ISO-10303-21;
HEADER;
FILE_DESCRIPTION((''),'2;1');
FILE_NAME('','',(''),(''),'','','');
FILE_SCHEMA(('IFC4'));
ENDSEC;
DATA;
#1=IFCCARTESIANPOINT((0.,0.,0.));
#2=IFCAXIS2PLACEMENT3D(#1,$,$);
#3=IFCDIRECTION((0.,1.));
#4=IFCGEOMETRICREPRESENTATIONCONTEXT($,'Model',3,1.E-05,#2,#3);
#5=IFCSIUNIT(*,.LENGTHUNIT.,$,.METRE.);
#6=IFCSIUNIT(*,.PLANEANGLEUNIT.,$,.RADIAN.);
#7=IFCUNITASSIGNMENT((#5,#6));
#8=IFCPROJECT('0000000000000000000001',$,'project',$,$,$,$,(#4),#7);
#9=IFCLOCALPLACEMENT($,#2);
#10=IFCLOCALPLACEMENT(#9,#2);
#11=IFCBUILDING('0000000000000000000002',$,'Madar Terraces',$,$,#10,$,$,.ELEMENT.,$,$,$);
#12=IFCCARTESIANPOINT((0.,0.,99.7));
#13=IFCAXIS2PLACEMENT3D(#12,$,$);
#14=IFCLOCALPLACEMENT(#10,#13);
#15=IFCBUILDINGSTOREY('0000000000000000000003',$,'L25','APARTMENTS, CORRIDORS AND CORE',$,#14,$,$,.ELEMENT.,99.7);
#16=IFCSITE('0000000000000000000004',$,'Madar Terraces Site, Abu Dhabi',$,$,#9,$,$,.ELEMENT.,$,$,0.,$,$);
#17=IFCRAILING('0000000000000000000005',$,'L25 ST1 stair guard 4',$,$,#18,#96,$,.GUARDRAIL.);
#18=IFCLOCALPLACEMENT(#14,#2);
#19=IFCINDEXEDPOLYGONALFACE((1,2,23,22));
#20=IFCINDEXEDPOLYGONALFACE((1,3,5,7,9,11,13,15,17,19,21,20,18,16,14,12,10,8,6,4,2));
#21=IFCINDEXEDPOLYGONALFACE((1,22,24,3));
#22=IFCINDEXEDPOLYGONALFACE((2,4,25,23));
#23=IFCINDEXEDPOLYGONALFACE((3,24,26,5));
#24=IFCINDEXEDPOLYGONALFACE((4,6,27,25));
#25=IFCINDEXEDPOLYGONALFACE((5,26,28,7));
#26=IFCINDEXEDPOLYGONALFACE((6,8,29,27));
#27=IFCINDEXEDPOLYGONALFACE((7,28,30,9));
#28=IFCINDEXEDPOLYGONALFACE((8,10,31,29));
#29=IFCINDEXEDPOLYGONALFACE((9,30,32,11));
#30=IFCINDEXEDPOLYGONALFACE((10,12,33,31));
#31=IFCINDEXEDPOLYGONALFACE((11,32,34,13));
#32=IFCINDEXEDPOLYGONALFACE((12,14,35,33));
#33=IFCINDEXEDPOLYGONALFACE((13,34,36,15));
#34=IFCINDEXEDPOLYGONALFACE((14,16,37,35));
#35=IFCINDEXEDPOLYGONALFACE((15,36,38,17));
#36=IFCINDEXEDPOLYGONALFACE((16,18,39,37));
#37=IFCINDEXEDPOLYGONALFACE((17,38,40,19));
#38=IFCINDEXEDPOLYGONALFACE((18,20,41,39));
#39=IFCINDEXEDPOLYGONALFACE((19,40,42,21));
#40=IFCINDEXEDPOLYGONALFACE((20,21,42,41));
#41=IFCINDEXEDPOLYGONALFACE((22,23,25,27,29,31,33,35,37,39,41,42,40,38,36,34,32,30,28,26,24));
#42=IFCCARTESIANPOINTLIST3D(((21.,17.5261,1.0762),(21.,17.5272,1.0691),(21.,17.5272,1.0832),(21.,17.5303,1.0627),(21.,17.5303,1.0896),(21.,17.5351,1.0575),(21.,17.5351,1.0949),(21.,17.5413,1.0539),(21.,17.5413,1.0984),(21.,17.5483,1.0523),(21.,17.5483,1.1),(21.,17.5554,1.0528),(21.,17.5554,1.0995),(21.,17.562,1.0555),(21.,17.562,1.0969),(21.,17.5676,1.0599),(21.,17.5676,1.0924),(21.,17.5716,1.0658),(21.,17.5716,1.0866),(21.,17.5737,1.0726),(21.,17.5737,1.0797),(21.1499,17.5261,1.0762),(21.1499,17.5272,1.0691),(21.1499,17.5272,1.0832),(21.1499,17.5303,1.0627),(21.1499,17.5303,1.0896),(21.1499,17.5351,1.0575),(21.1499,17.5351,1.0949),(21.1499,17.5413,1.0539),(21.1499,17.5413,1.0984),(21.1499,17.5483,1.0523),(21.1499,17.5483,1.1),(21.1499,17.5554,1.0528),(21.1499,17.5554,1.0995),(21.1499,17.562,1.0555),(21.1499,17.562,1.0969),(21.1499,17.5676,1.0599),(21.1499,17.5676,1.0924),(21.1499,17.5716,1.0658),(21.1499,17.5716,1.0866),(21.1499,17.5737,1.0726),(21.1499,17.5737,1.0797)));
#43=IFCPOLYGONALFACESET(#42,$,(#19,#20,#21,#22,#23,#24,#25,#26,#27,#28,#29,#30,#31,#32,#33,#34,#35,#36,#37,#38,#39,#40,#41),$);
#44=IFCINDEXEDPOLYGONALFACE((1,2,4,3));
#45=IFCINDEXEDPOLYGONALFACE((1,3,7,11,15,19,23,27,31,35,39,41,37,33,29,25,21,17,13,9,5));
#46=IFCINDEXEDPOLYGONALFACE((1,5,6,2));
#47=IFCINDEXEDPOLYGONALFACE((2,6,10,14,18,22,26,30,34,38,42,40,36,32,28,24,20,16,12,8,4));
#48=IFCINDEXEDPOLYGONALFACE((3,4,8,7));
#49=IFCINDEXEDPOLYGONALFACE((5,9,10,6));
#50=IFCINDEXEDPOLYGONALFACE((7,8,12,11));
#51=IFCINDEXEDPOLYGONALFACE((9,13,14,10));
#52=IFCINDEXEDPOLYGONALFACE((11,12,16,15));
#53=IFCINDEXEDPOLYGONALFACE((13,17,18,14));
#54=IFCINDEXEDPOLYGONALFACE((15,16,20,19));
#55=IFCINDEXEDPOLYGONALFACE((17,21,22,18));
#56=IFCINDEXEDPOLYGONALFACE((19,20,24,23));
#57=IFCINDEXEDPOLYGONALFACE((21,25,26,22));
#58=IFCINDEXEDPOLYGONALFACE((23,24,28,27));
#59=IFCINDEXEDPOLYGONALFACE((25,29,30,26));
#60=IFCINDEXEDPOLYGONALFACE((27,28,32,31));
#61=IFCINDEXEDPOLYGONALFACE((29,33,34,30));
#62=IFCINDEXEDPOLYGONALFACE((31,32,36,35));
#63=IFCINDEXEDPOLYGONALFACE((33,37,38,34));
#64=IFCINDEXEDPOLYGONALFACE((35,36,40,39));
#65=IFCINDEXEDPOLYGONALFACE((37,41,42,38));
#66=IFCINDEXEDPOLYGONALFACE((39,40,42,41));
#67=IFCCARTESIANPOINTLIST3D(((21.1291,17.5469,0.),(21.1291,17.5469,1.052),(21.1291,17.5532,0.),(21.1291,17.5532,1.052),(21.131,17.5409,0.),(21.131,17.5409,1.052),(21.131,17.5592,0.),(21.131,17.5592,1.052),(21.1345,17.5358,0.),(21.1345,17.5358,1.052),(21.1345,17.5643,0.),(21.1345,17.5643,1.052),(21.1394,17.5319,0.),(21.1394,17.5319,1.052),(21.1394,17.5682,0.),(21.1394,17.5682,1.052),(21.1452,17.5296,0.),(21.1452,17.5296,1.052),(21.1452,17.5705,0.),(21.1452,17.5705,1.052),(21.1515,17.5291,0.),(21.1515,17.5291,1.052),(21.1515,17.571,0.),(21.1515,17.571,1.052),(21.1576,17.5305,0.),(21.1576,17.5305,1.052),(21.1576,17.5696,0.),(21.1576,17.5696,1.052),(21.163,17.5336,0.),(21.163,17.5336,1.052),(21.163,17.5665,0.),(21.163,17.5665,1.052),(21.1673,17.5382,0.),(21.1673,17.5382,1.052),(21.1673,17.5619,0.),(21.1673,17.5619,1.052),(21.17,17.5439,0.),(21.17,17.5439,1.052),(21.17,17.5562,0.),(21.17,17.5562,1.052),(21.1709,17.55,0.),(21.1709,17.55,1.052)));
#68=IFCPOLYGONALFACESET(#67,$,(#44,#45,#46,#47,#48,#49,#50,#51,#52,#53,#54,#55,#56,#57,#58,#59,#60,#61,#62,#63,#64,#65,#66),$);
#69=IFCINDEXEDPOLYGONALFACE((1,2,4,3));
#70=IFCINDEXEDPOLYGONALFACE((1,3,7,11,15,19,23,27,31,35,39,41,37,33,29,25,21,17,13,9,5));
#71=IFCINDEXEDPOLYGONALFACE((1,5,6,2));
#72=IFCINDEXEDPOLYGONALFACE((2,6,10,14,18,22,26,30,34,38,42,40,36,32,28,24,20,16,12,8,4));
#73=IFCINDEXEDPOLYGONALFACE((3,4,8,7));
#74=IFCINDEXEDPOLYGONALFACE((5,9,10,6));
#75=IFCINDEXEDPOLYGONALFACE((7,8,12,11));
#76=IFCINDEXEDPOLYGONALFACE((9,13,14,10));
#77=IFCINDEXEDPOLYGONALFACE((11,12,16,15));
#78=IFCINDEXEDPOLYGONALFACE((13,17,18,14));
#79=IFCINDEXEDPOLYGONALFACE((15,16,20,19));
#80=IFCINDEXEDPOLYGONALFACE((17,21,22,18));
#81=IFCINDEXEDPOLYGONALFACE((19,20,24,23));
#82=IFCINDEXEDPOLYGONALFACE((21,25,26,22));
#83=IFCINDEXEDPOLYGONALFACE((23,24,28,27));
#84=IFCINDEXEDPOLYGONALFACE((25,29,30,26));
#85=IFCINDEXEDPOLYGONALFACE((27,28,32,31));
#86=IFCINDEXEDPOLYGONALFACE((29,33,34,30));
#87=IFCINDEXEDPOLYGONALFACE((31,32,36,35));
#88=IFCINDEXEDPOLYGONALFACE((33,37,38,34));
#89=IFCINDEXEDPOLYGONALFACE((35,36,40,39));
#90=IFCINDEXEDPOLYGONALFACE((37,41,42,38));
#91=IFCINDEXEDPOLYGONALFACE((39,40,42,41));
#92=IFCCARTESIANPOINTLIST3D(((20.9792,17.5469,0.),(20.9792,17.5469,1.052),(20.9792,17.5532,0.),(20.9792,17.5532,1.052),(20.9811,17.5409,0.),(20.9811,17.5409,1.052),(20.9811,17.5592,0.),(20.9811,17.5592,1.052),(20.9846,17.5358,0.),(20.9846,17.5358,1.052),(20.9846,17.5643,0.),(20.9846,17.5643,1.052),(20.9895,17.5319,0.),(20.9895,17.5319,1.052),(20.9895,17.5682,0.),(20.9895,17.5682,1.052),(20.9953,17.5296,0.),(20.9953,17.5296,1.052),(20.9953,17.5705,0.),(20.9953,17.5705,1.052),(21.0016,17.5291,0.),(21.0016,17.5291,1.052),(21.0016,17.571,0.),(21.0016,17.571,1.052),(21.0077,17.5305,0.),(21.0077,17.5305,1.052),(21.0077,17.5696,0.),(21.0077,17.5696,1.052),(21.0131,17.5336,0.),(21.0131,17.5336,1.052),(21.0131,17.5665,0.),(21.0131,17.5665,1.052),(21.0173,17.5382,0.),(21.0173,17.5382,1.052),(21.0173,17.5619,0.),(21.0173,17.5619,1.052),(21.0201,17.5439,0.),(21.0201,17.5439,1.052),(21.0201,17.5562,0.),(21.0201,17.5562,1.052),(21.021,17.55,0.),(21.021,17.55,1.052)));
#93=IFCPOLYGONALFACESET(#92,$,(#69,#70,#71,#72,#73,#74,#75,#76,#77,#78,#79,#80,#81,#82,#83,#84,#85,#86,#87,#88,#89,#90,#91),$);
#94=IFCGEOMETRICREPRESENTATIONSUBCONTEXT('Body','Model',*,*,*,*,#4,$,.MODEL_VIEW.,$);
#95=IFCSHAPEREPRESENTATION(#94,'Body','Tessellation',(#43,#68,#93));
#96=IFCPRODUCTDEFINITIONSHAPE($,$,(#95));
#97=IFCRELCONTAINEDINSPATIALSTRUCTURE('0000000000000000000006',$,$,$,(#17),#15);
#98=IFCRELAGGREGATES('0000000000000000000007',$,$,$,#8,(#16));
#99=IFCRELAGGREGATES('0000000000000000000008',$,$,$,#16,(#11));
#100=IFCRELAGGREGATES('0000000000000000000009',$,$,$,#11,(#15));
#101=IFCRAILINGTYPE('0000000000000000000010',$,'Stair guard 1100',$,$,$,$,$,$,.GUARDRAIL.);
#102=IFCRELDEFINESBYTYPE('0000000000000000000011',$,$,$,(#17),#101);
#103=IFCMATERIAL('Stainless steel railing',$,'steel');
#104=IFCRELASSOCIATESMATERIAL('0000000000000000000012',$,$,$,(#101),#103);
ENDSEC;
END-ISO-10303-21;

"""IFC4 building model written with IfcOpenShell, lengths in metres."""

from ifc_helpers import new_model, si_unit, direction, frame, origin, origin_2d, place, context, subcontext, project, spatial, circle, extrude, material, type_object, element, save


model = new_model("IFC4")

# Units and contexts
model_context = context("Model", 3, precision=1e-05, world=origin(), true_north=direction((0.0, 1.0)))
body_context = subcontext(model_context, "Body", "Model", "MODEL_VIEW")
ifc_project = project(units=[si_unit("LENGTHUNIT", "METRE"), si_unit("PLANEANGLEUNIT", "RADIAN")], contexts=[model_context])

# Site, building, storey
site_placement = place(None, origin())
site = spatial("IfcSite", under=ifc_project, at=site_placement, Name="Madar Terraces Site, Abu Dhabi", CompositionType="ELEMENT", RefElevation=0.0)
building_placement = place(site_placement, origin())
building = spatial("IfcBuilding", under=site, at=building_placement, Name="Madar Terraces", CompositionType="ELEMENT")
storey_placement = place(building_placement, frame((0.0, 0.0, 99.7)))
storey = spatial("IfcBuildingStorey", under=building, at=storey_placement, Name="L25", Description="APARTMENTS, CORRIDORS AND CORE", CompositionType="ELEMENT", Elevation=99.7)

# Railing
ifc_material_1 = material(Name="Stainless steel railing", Category="steel")
railing_type_1 = type_object("IfcRailingType", Name="Stair guard 1100", PredefinedType="GUARDRAIL", material=ifc_material_1)
railing_1_placement = place(storey_placement, frame((21.1499, 17.55, 0.0)))
element("IfcRailing", 1, at=railing_1_placement, inside=storey, type_object=railing_type_1, Name="L25 ST1 stair guard 4", PredefinedType="GUARDRAIL", context=body_context, shape_type="SweptSolid", body=[
    extrude(circle(Radius=0.0239, at=origin_2d()), frame((0.0, 0.0, 1.0762), z_axis=(-1.0, 0.0, 0.0), x_axis=(0.0, -1.0, 0.0)), (0.0, 0.0, 1.0), 0.1499),
    extrude(circle(Radius=0.021, at=origin_2d()), origin(), (0.0, 0.0, 1.0), 1.052),
    extrude(circle(Radius=0.021, at=origin_2d()), frame((-0.1499, 0.0, 0.0)), (0.0, 0.0, 1.0), 1.052),
])

save(model, "model.ifc")
